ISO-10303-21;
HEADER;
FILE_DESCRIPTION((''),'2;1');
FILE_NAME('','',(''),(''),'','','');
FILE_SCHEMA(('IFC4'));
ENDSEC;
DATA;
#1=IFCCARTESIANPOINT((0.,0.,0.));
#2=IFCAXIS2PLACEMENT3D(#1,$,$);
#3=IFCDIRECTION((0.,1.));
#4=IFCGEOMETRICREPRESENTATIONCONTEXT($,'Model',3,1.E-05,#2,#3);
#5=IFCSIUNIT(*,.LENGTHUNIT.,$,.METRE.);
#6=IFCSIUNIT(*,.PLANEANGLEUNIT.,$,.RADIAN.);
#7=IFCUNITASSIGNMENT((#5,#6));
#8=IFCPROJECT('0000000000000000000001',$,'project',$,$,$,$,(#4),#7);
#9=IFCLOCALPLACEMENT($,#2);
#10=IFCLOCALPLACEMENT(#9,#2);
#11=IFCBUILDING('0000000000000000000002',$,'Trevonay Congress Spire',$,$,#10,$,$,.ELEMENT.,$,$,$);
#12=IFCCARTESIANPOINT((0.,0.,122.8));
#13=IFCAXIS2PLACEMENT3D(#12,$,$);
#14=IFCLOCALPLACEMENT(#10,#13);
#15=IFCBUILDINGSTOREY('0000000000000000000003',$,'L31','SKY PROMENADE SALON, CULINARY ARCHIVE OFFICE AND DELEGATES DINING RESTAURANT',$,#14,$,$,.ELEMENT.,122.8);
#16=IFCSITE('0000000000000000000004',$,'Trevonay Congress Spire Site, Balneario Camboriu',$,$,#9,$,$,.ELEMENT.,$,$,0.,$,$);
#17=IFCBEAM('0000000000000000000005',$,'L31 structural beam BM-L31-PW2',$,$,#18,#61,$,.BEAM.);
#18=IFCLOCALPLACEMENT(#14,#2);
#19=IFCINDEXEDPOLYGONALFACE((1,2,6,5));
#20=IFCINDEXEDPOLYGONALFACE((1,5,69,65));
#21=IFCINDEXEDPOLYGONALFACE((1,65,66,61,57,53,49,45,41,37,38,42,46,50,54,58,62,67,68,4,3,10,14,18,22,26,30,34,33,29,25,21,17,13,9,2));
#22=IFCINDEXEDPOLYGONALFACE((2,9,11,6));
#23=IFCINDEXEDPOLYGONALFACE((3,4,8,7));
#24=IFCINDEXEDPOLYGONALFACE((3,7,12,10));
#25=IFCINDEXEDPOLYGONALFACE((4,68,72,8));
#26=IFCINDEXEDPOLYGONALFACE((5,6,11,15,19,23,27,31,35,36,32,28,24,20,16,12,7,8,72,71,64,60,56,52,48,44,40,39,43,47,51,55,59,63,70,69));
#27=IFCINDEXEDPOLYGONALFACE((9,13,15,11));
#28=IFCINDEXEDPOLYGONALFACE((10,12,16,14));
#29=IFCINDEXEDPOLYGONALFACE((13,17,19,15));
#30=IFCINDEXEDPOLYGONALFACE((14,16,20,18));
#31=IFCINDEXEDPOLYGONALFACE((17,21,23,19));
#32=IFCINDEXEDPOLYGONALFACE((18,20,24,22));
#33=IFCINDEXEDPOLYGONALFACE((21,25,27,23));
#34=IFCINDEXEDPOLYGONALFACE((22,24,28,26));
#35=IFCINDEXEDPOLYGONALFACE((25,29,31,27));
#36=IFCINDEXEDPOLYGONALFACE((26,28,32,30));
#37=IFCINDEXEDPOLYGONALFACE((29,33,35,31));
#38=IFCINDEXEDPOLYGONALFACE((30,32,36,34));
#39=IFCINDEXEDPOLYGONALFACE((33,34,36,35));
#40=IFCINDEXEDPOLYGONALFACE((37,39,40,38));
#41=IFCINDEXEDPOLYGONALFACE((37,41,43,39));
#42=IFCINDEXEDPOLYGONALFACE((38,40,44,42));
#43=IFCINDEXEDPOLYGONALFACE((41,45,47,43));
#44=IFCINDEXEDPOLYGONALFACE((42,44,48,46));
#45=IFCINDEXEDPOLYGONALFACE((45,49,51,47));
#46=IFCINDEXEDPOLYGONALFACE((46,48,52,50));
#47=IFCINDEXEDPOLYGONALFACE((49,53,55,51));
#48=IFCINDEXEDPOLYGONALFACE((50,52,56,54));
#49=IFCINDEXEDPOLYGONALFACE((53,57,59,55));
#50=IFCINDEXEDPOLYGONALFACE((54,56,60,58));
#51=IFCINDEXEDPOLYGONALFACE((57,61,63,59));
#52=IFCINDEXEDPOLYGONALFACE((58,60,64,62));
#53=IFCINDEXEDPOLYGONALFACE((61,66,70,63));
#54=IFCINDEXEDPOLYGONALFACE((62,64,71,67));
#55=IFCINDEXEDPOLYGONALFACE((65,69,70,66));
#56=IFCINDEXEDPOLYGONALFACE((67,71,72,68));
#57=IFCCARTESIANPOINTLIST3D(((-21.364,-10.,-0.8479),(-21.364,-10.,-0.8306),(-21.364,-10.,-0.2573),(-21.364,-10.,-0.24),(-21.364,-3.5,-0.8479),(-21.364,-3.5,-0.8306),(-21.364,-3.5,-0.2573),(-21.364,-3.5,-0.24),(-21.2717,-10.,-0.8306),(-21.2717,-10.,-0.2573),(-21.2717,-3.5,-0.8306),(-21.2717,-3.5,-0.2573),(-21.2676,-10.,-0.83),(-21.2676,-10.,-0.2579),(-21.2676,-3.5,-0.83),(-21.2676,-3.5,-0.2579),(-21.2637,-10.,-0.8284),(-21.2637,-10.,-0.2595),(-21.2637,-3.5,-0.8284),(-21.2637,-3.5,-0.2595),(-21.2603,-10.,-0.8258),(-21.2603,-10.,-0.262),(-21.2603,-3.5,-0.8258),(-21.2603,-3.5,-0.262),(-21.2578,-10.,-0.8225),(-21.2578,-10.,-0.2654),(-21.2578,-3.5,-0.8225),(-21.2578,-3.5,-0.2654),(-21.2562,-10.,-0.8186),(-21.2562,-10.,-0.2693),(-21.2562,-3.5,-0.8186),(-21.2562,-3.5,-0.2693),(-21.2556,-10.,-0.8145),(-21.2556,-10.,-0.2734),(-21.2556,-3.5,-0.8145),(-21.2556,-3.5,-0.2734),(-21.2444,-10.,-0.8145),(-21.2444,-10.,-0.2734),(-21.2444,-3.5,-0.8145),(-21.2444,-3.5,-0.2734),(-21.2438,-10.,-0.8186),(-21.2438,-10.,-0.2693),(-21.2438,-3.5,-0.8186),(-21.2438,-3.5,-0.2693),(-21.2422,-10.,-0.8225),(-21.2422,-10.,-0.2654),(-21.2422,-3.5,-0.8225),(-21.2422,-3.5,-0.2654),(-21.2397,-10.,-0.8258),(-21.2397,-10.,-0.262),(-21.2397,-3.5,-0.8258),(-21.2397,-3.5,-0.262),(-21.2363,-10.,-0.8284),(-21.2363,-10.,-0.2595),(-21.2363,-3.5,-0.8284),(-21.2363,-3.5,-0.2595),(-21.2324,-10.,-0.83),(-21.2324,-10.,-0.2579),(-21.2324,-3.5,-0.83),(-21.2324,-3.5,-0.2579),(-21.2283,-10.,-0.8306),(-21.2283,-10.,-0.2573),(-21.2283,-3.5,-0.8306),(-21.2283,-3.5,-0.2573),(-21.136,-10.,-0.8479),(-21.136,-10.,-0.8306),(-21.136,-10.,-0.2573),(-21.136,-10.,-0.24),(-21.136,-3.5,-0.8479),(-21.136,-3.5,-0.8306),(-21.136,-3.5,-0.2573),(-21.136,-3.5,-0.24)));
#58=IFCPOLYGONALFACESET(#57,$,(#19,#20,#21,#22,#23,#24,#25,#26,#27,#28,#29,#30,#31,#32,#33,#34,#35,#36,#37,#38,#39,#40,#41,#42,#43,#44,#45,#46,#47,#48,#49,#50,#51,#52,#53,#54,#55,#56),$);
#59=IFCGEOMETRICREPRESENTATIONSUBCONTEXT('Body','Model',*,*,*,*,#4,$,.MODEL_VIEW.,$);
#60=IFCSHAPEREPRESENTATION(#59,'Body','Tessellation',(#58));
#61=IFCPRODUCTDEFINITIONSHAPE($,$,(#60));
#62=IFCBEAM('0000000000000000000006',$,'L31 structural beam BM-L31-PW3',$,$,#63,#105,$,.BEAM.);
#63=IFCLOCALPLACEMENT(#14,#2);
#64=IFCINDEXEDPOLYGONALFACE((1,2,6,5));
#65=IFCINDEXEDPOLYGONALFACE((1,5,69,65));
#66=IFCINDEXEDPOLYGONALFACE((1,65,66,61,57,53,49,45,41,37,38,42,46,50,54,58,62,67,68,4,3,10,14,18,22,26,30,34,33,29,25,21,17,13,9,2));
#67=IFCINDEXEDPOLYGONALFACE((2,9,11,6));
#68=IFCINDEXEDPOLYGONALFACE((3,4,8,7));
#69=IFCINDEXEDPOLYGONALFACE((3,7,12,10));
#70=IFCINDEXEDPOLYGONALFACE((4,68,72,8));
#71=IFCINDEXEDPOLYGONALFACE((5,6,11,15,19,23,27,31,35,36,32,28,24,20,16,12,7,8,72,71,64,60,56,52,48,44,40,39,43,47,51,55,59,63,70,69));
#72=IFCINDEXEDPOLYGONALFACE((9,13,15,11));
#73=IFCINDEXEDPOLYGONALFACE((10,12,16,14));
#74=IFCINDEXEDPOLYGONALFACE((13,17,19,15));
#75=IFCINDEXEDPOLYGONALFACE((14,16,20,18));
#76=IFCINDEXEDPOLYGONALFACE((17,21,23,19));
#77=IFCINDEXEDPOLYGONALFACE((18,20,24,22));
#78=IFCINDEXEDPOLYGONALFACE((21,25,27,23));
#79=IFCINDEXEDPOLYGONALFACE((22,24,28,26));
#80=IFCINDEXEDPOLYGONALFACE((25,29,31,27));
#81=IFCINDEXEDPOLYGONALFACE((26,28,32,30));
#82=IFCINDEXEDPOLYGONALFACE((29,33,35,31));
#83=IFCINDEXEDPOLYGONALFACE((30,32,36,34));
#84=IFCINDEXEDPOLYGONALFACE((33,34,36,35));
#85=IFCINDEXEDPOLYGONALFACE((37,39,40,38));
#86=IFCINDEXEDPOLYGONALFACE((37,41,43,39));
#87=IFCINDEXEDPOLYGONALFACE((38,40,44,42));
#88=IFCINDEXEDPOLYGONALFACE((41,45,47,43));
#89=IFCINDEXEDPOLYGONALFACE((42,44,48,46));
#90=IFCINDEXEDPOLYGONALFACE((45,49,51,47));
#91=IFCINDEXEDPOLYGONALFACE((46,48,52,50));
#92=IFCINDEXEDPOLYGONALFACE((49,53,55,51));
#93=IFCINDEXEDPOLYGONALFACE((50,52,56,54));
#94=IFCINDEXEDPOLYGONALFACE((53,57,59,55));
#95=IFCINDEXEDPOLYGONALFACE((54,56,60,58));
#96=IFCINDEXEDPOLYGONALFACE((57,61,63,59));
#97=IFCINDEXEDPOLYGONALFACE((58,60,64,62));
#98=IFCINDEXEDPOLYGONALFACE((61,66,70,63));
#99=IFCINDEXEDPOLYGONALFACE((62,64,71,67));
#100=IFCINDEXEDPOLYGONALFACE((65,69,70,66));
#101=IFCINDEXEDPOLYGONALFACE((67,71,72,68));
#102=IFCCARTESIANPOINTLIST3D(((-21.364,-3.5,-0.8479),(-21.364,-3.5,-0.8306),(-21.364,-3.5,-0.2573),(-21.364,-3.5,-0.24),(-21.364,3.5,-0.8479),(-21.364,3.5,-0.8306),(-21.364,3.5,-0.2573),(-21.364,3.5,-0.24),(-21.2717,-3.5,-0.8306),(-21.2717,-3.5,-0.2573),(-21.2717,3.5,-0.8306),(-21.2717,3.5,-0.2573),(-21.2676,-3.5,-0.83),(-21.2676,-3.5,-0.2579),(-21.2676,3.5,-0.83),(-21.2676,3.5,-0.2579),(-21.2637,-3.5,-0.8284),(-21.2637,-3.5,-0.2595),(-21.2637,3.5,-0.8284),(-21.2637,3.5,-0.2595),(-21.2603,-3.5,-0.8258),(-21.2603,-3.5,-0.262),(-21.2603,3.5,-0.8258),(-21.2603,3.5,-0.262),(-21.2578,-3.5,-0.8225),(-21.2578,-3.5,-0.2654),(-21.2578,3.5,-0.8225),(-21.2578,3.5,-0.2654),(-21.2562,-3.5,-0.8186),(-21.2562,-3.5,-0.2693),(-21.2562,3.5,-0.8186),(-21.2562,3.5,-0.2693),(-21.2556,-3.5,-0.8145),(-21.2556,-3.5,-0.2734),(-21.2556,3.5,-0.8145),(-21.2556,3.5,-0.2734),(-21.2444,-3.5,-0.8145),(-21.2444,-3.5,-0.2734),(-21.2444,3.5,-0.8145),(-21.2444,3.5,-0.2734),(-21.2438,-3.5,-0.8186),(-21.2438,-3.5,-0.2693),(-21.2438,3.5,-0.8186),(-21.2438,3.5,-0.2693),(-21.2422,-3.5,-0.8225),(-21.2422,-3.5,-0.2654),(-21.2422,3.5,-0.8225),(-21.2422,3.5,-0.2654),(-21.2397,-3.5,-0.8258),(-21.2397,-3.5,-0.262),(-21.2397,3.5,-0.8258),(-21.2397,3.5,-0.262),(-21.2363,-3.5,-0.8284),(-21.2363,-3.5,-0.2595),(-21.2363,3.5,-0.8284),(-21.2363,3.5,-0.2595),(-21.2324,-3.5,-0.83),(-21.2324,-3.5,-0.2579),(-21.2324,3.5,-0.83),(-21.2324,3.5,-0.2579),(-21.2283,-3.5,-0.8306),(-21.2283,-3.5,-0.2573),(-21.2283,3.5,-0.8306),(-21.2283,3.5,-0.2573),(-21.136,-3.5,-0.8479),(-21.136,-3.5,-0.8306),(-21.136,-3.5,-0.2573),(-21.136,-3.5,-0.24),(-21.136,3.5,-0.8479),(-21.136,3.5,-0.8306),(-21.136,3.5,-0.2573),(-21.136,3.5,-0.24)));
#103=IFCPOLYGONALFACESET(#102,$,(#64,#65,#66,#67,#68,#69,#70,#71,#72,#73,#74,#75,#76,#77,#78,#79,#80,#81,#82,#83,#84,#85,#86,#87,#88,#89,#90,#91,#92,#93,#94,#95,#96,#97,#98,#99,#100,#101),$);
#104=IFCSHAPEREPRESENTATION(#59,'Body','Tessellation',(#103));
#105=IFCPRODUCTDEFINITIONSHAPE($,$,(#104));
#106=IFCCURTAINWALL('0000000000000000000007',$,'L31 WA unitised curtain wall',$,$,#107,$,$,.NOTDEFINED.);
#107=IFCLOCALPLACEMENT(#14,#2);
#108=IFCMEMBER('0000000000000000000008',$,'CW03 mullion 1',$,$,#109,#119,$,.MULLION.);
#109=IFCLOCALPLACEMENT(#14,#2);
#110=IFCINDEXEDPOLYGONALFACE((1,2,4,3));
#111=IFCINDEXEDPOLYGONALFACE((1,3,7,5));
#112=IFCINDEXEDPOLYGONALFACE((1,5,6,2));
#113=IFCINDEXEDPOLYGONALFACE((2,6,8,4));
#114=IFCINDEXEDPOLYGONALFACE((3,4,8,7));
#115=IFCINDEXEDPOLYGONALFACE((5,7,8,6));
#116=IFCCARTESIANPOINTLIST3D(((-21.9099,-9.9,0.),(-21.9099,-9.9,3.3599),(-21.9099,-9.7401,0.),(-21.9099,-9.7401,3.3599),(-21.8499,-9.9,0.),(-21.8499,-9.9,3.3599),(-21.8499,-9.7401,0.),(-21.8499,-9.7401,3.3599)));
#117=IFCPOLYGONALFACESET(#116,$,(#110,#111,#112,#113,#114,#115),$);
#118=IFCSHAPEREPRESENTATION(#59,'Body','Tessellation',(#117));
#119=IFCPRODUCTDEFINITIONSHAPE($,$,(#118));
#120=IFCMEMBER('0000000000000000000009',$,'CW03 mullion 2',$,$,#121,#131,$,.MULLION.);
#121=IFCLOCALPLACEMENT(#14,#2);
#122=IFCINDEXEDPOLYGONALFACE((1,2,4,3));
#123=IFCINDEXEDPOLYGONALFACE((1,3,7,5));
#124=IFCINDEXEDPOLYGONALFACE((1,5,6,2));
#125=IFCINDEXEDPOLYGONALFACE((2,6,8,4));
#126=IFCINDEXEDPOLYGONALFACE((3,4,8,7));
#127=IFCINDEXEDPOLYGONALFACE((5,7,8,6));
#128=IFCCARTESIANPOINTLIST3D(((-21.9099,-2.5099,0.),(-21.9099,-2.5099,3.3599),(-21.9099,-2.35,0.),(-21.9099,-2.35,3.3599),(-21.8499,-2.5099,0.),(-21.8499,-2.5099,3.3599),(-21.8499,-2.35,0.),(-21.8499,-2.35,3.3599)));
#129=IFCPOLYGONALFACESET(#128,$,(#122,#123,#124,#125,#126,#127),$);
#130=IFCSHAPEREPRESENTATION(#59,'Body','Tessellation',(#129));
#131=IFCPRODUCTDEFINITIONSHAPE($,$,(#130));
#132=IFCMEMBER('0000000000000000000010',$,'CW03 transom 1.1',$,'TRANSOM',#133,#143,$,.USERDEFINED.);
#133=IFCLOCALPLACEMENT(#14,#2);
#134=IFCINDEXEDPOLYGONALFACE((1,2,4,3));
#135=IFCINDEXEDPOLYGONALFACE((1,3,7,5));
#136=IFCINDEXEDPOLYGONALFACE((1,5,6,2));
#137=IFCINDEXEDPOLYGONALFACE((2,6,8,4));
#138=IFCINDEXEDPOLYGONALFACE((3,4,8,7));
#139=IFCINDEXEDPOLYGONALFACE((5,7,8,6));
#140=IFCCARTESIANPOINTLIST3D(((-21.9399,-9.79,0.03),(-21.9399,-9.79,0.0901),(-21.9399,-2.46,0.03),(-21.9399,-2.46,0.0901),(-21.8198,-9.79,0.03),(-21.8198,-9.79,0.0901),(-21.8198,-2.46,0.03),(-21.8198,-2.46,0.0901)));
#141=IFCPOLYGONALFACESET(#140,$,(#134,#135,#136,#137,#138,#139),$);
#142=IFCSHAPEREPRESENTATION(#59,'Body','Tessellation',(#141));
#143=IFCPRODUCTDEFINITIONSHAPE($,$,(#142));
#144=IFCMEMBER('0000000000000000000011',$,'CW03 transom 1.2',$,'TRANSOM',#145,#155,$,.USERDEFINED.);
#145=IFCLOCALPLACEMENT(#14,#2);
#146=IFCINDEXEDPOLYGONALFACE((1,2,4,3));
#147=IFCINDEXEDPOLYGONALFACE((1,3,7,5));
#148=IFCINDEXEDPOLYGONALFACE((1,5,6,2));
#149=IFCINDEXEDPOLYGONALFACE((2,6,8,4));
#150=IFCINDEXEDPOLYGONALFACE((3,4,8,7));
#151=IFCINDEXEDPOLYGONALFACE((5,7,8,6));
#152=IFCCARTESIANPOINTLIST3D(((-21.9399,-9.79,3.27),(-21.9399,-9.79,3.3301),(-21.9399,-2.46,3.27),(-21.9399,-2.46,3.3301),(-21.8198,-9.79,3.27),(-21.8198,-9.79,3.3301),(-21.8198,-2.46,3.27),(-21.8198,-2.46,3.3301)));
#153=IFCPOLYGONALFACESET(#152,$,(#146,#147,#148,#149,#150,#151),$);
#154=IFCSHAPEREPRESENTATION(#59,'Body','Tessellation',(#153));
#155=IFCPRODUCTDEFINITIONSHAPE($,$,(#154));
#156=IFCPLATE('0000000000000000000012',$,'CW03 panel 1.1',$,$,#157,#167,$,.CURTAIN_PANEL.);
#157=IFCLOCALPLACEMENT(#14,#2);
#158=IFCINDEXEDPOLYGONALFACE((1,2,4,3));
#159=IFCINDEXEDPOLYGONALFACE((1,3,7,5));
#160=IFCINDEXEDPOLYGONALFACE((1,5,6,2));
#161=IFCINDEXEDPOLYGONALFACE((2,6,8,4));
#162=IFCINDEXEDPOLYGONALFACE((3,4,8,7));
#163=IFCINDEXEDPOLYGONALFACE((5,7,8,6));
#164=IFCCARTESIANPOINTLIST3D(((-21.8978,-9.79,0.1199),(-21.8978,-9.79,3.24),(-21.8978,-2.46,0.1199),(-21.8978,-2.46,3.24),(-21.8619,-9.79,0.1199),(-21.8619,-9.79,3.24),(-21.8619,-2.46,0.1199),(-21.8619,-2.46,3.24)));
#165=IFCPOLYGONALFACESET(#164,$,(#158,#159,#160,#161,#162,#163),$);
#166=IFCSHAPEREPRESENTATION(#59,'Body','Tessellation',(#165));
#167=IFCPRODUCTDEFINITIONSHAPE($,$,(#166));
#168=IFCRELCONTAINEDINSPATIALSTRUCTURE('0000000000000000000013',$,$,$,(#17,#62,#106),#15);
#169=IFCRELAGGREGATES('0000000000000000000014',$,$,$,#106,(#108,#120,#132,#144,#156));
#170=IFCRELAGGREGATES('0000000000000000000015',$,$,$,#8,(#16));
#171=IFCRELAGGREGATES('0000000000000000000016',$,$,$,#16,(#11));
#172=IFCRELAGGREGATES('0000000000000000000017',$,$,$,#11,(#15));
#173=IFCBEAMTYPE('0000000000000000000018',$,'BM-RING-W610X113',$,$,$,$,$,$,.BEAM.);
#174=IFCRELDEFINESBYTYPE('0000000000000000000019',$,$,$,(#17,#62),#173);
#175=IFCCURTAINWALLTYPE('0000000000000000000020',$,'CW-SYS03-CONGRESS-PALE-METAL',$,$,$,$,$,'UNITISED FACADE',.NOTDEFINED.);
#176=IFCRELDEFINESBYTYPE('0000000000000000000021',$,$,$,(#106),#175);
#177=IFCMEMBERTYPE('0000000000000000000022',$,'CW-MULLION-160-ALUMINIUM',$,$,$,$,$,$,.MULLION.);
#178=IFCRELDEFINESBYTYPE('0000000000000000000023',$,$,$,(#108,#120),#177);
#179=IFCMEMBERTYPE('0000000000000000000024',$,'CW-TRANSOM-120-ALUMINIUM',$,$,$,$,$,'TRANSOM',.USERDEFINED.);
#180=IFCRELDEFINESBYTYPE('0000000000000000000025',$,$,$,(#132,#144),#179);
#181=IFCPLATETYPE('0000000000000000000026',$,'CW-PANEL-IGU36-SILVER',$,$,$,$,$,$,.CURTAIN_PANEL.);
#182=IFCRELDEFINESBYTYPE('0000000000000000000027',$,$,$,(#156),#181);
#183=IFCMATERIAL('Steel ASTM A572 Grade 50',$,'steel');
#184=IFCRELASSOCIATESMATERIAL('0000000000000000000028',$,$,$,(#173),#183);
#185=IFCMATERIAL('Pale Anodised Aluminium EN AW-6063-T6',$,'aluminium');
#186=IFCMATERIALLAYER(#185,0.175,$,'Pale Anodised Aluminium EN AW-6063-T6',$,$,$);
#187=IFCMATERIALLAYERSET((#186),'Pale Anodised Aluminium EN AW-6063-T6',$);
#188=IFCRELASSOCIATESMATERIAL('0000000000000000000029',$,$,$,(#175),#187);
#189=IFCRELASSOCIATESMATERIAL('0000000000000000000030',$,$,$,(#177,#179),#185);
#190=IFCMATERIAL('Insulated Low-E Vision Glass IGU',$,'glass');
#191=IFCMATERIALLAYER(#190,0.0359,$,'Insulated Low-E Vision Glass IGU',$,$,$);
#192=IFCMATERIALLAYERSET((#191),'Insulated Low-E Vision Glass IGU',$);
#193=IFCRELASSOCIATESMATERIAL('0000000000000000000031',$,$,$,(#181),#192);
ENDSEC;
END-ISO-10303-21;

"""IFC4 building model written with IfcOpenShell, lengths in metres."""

from ifc_helpers import new_model, si_unit, direction, frame, origin, origin_2d, place, context, subcontext, project, spatial, rectangle, i_section, extrude, material, layer, layer_set, material_profile, profile_set, type_object, element, aggregate, save


model = new_model("IFC4")

# Units and contexts
model_context = context("Model", 3, precision=1e-05, world=origin(), true_north=direction((0.0, 1.0)))
body_context = subcontext(model_context, "Body", "Model", "MODEL_VIEW")
ifc_project = project(units=[si_unit("LENGTHUNIT", "METRE"), si_unit("PLANEANGLEUNIT", "RADIAN")], contexts=[model_context])

# Site, building, storey
site_placement = place(None, origin())
site = spatial("IfcSite", under=ifc_project, at=site_placement, Name="Trevonay Congress Spire Site, Balneario Camboriu", CompositionType="ELEMENT", RefElevation=0.0)
building_placement = place(site_placement, origin())
building = spatial("IfcBuilding", under=site, at=building_placement, Name="Trevonay Congress Spire", CompositionType="ELEMENT")
storey_placement = place(building_placement, frame((0.0, 0.0, 122.8)))
storey = spatial("IfcBuildingStorey", under=building, at=storey_placement, Name="L31", Description="SKY PROMENADE SALON, CULINARY ARCHIVE OFFICE AND DELEGATES DINING RESTAURANT", CompositionType="ELEMENT", Elevation=122.8)

# Shared definitions
ifc_material_1 = material(Name="Steel ASTM A572 Grade 50", Category="steel")

# Beams
ifc_material_profile_1 = material_profile(ifc_material_1, i_section(OverallWidth=0.228, OverallDepth=0.6079, WebThickness=0.0112, FlangeThickness=0.0173, FilletRadius=0.0161, at=origin_2d()), Name="W610x113")
ifc_profile_set_1 = profile_set([ifc_material_profile_1], Name="Steel ASTM A572 Grade 50")
beam_type_1 = type_object("IfcBeamType", Name="BM-RING-W610X113", PredefinedType="BEAM", material=ifc_profile_set_1)
beam_1_placement = place(storey_placement, frame((-21.25, -10.0, -0.5439), z_axis=(0.0, 1.0, 0.0), x_axis=(-1.0, 0.0, 0.0)))
element("IfcBeam", 1, at=beam_1_placement, inside=storey, type_object=beam_type_1, Name="L31 structural beam BM-L31-PW2", PredefinedType="BEAM", context=body_context, shape_type="SweptSolid", body=[
    extrude(i_section(OverallWidth=0.228, OverallDepth=0.6079, WebThickness=0.0112, FlangeThickness=0.0173, FilletRadius=0.0161, at=origin_2d()), origin(), (0.0, 0.0, 1.0), 6.5),
])
beam_2_placement = place(storey_placement, frame((-21.25, -3.5, -0.5439), z_axis=(0.0, 1.0, 0.0), x_axis=(-1.0, 0.0, 0.0)))
element("IfcBeam", 2, at=beam_2_placement, inside=storey, type_object=beam_type_1, Name="L31 structural beam BM-L31-PW3", PredefinedType="BEAM", context=body_context, shape_type="SweptSolid", body=[
    extrude(i_section(OverallWidth=0.228, OverallDepth=0.6079, WebThickness=0.0112, FlangeThickness=0.0173, FilletRadius=0.0161, at=origin_2d()), origin(), (0.0, 0.0, 1.0), 7.0),
])

# Curtain wall, members, plate
ifc_material_2 = material(Name="Pale Anodised Aluminium EN AW-6063-T6", Category="aluminium")
ifc_layer_1 = layer(ifc_material_2, 0.175, Name="Pale Anodised Aluminium EN AW-6063-T6")
ifc_layer_set_1 = layer_set([ifc_layer_1], Name="Pale Anodised Aluminium EN AW-6063-T6")
curtain_wall_type = type_object("IfcCurtainWallType", Name="CW-SYS03-CONGRESS-PALE-METAL", ElementType="UNITISED FACADE", PredefinedType="NOTDEFINED", material=ifc_layer_set_1)
curtain_wall_placement = place(storey_placement, origin())
curtain_wall = element("IfcCurtainWall", 3, at=curtain_wall_placement, inside=storey, type_object=curtain_wall_type, Name="L31 WA unitised curtain wall", PredefinedType="NOTDEFINED")
ifc_material_profile_2 = material_profile(ifc_material_2, rectangle(XDim=0.0601, YDim=0.1599, at=origin_2d()), Name="CW-MULLION-160-ALUMINIUM")
ifc_profile_set_2 = profile_set([ifc_material_profile_2], Name="Pale Anodised Aluminium EN AW-6063-T6")
member_type_1 = type_object("IfcMemberType", Name="CW-MULLION-160-ALUMINIUM", PredefinedType="MULLION", material=ifc_profile_set_2)
member_1_placement = place(storey_placement, frame((-21.8799, -9.8201, 0.0), z_axis=(0.0, 0.0, 1.0), x_axis=(-1.0, 0.0, 0.0)))
member_1 = element("IfcMember", 4, at=member_1_placement, type_object=member_type_1, Name="CW03 mullion 1", PredefinedType="MULLION", context=body_context, shape_type="SweptSolid", body=[
    extrude(rectangle(XDim=0.0601, YDim=0.1599, at=origin_2d()), origin(), (0.0, 0.0, 1.0), 3.3599),
])
member_2_placement = place(storey_placement, frame((-21.8799, -2.4299, 0.0), z_axis=(0.0, 0.0, 1.0), x_axis=(-1.0, 0.0, 0.0)))
member_2 = element("IfcMember", 5, at=member_2_placement, type_object=member_type_1, Name="CW03 mullion 2", PredefinedType="MULLION", context=body_context, shape_type="SweptSolid", body=[
    extrude(rectangle(XDim=0.0601, YDim=0.1599, at=origin_2d()), origin(), (0.0, 0.0, 1.0), 3.3599),
])
ifc_material_profile_3 = material_profile(ifc_material_2, rectangle(XDim=0.1201, YDim=0.0601, at=origin_2d()), Name="CW-TRANSOM-120-ALUMINIUM")
ifc_profile_set_3 = profile_set([ifc_material_profile_3], Name="Pale Anodised Aluminium EN AW-6063-T6")
member_type_2 = type_object("IfcMemberType", Name="CW-TRANSOM-120-ALUMINIUM", ElementType="TRANSOM", PredefinedType="USERDEFINED", material=ifc_profile_set_3)
member_3_placement = place(storey_placement, frame((-21.8799, -9.79, 0.0601), z_axis=(0.0, 1.0, 0.0), x_axis=(-1.0, 0.0, 0.0)))
member_3 = element("IfcMember", 6, at=member_3_placement, type_object=member_type_2, Name="CW03 transom 1.1", ObjectType="TRANSOM", PredefinedType="USERDEFINED", context=body_context, shape_type="SweptSolid", body=[
    extrude(rectangle(XDim=0.1201, YDim=0.0601, at=origin_2d()), origin(), (0.0, 0.0, 1.0), 7.3301),
])
member_4_placement = place(storey_placement, frame((-21.8799, -9.79, 3.3), z_axis=(0.0, 1.0, 0.0), x_axis=(-1.0, 0.0, 0.0)))
member_4 = element("IfcMember", 7, at=member_4_placement, type_object=member_type_2, Name="CW03 transom 1.2", ObjectType="TRANSOM", PredefinedType="USERDEFINED", context=body_context, shape_type="SweptSolid", body=[
    extrude(rectangle(XDim=0.1201, YDim=0.0601, at=origin_2d()), origin(), (0.0, 0.0, 1.0), 7.3301),
])
ifc_material_3 = material(Name="Insulated Low-E Vision Glass IGU", Category="glass")
ifc_layer_2 = layer(ifc_material_3, 0.0359, Name="Insulated Low-E Vision Glass IGU")
ifc_layer_set_2 = layer_set([ifc_layer_2], Name="Insulated Low-E Vision Glass IGU")
plate_type = type_object("IfcPlateType", Name="CW-PANEL-IGU36-SILVER", PredefinedType="CURTAIN_PANEL", material=ifc_layer_set_2)
plate_placement = place(storey_placement, frame((-21.8799, -6.125, 0.1199), z_axis=(0.0, 0.0, 1.0), x_axis=(0.0, 1.0, 0.0)))
plate = element("IfcPlate", 8, at=plate_placement, type_object=plate_type, Name="CW03 panel 1.1", PredefinedType="CURTAIN_PANEL", context=body_context, shape_type="SweptSolid", body=[
    extrude(rectangle(XDim=7.3301, YDim=0.0359, at=origin_2d()), origin(), (0.0, 0.0, 1.0), 3.1201),
])
aggregate(curtain_wall, [member_1, member_2, member_3, member_4, plate])

save(model, "model.ifc")
